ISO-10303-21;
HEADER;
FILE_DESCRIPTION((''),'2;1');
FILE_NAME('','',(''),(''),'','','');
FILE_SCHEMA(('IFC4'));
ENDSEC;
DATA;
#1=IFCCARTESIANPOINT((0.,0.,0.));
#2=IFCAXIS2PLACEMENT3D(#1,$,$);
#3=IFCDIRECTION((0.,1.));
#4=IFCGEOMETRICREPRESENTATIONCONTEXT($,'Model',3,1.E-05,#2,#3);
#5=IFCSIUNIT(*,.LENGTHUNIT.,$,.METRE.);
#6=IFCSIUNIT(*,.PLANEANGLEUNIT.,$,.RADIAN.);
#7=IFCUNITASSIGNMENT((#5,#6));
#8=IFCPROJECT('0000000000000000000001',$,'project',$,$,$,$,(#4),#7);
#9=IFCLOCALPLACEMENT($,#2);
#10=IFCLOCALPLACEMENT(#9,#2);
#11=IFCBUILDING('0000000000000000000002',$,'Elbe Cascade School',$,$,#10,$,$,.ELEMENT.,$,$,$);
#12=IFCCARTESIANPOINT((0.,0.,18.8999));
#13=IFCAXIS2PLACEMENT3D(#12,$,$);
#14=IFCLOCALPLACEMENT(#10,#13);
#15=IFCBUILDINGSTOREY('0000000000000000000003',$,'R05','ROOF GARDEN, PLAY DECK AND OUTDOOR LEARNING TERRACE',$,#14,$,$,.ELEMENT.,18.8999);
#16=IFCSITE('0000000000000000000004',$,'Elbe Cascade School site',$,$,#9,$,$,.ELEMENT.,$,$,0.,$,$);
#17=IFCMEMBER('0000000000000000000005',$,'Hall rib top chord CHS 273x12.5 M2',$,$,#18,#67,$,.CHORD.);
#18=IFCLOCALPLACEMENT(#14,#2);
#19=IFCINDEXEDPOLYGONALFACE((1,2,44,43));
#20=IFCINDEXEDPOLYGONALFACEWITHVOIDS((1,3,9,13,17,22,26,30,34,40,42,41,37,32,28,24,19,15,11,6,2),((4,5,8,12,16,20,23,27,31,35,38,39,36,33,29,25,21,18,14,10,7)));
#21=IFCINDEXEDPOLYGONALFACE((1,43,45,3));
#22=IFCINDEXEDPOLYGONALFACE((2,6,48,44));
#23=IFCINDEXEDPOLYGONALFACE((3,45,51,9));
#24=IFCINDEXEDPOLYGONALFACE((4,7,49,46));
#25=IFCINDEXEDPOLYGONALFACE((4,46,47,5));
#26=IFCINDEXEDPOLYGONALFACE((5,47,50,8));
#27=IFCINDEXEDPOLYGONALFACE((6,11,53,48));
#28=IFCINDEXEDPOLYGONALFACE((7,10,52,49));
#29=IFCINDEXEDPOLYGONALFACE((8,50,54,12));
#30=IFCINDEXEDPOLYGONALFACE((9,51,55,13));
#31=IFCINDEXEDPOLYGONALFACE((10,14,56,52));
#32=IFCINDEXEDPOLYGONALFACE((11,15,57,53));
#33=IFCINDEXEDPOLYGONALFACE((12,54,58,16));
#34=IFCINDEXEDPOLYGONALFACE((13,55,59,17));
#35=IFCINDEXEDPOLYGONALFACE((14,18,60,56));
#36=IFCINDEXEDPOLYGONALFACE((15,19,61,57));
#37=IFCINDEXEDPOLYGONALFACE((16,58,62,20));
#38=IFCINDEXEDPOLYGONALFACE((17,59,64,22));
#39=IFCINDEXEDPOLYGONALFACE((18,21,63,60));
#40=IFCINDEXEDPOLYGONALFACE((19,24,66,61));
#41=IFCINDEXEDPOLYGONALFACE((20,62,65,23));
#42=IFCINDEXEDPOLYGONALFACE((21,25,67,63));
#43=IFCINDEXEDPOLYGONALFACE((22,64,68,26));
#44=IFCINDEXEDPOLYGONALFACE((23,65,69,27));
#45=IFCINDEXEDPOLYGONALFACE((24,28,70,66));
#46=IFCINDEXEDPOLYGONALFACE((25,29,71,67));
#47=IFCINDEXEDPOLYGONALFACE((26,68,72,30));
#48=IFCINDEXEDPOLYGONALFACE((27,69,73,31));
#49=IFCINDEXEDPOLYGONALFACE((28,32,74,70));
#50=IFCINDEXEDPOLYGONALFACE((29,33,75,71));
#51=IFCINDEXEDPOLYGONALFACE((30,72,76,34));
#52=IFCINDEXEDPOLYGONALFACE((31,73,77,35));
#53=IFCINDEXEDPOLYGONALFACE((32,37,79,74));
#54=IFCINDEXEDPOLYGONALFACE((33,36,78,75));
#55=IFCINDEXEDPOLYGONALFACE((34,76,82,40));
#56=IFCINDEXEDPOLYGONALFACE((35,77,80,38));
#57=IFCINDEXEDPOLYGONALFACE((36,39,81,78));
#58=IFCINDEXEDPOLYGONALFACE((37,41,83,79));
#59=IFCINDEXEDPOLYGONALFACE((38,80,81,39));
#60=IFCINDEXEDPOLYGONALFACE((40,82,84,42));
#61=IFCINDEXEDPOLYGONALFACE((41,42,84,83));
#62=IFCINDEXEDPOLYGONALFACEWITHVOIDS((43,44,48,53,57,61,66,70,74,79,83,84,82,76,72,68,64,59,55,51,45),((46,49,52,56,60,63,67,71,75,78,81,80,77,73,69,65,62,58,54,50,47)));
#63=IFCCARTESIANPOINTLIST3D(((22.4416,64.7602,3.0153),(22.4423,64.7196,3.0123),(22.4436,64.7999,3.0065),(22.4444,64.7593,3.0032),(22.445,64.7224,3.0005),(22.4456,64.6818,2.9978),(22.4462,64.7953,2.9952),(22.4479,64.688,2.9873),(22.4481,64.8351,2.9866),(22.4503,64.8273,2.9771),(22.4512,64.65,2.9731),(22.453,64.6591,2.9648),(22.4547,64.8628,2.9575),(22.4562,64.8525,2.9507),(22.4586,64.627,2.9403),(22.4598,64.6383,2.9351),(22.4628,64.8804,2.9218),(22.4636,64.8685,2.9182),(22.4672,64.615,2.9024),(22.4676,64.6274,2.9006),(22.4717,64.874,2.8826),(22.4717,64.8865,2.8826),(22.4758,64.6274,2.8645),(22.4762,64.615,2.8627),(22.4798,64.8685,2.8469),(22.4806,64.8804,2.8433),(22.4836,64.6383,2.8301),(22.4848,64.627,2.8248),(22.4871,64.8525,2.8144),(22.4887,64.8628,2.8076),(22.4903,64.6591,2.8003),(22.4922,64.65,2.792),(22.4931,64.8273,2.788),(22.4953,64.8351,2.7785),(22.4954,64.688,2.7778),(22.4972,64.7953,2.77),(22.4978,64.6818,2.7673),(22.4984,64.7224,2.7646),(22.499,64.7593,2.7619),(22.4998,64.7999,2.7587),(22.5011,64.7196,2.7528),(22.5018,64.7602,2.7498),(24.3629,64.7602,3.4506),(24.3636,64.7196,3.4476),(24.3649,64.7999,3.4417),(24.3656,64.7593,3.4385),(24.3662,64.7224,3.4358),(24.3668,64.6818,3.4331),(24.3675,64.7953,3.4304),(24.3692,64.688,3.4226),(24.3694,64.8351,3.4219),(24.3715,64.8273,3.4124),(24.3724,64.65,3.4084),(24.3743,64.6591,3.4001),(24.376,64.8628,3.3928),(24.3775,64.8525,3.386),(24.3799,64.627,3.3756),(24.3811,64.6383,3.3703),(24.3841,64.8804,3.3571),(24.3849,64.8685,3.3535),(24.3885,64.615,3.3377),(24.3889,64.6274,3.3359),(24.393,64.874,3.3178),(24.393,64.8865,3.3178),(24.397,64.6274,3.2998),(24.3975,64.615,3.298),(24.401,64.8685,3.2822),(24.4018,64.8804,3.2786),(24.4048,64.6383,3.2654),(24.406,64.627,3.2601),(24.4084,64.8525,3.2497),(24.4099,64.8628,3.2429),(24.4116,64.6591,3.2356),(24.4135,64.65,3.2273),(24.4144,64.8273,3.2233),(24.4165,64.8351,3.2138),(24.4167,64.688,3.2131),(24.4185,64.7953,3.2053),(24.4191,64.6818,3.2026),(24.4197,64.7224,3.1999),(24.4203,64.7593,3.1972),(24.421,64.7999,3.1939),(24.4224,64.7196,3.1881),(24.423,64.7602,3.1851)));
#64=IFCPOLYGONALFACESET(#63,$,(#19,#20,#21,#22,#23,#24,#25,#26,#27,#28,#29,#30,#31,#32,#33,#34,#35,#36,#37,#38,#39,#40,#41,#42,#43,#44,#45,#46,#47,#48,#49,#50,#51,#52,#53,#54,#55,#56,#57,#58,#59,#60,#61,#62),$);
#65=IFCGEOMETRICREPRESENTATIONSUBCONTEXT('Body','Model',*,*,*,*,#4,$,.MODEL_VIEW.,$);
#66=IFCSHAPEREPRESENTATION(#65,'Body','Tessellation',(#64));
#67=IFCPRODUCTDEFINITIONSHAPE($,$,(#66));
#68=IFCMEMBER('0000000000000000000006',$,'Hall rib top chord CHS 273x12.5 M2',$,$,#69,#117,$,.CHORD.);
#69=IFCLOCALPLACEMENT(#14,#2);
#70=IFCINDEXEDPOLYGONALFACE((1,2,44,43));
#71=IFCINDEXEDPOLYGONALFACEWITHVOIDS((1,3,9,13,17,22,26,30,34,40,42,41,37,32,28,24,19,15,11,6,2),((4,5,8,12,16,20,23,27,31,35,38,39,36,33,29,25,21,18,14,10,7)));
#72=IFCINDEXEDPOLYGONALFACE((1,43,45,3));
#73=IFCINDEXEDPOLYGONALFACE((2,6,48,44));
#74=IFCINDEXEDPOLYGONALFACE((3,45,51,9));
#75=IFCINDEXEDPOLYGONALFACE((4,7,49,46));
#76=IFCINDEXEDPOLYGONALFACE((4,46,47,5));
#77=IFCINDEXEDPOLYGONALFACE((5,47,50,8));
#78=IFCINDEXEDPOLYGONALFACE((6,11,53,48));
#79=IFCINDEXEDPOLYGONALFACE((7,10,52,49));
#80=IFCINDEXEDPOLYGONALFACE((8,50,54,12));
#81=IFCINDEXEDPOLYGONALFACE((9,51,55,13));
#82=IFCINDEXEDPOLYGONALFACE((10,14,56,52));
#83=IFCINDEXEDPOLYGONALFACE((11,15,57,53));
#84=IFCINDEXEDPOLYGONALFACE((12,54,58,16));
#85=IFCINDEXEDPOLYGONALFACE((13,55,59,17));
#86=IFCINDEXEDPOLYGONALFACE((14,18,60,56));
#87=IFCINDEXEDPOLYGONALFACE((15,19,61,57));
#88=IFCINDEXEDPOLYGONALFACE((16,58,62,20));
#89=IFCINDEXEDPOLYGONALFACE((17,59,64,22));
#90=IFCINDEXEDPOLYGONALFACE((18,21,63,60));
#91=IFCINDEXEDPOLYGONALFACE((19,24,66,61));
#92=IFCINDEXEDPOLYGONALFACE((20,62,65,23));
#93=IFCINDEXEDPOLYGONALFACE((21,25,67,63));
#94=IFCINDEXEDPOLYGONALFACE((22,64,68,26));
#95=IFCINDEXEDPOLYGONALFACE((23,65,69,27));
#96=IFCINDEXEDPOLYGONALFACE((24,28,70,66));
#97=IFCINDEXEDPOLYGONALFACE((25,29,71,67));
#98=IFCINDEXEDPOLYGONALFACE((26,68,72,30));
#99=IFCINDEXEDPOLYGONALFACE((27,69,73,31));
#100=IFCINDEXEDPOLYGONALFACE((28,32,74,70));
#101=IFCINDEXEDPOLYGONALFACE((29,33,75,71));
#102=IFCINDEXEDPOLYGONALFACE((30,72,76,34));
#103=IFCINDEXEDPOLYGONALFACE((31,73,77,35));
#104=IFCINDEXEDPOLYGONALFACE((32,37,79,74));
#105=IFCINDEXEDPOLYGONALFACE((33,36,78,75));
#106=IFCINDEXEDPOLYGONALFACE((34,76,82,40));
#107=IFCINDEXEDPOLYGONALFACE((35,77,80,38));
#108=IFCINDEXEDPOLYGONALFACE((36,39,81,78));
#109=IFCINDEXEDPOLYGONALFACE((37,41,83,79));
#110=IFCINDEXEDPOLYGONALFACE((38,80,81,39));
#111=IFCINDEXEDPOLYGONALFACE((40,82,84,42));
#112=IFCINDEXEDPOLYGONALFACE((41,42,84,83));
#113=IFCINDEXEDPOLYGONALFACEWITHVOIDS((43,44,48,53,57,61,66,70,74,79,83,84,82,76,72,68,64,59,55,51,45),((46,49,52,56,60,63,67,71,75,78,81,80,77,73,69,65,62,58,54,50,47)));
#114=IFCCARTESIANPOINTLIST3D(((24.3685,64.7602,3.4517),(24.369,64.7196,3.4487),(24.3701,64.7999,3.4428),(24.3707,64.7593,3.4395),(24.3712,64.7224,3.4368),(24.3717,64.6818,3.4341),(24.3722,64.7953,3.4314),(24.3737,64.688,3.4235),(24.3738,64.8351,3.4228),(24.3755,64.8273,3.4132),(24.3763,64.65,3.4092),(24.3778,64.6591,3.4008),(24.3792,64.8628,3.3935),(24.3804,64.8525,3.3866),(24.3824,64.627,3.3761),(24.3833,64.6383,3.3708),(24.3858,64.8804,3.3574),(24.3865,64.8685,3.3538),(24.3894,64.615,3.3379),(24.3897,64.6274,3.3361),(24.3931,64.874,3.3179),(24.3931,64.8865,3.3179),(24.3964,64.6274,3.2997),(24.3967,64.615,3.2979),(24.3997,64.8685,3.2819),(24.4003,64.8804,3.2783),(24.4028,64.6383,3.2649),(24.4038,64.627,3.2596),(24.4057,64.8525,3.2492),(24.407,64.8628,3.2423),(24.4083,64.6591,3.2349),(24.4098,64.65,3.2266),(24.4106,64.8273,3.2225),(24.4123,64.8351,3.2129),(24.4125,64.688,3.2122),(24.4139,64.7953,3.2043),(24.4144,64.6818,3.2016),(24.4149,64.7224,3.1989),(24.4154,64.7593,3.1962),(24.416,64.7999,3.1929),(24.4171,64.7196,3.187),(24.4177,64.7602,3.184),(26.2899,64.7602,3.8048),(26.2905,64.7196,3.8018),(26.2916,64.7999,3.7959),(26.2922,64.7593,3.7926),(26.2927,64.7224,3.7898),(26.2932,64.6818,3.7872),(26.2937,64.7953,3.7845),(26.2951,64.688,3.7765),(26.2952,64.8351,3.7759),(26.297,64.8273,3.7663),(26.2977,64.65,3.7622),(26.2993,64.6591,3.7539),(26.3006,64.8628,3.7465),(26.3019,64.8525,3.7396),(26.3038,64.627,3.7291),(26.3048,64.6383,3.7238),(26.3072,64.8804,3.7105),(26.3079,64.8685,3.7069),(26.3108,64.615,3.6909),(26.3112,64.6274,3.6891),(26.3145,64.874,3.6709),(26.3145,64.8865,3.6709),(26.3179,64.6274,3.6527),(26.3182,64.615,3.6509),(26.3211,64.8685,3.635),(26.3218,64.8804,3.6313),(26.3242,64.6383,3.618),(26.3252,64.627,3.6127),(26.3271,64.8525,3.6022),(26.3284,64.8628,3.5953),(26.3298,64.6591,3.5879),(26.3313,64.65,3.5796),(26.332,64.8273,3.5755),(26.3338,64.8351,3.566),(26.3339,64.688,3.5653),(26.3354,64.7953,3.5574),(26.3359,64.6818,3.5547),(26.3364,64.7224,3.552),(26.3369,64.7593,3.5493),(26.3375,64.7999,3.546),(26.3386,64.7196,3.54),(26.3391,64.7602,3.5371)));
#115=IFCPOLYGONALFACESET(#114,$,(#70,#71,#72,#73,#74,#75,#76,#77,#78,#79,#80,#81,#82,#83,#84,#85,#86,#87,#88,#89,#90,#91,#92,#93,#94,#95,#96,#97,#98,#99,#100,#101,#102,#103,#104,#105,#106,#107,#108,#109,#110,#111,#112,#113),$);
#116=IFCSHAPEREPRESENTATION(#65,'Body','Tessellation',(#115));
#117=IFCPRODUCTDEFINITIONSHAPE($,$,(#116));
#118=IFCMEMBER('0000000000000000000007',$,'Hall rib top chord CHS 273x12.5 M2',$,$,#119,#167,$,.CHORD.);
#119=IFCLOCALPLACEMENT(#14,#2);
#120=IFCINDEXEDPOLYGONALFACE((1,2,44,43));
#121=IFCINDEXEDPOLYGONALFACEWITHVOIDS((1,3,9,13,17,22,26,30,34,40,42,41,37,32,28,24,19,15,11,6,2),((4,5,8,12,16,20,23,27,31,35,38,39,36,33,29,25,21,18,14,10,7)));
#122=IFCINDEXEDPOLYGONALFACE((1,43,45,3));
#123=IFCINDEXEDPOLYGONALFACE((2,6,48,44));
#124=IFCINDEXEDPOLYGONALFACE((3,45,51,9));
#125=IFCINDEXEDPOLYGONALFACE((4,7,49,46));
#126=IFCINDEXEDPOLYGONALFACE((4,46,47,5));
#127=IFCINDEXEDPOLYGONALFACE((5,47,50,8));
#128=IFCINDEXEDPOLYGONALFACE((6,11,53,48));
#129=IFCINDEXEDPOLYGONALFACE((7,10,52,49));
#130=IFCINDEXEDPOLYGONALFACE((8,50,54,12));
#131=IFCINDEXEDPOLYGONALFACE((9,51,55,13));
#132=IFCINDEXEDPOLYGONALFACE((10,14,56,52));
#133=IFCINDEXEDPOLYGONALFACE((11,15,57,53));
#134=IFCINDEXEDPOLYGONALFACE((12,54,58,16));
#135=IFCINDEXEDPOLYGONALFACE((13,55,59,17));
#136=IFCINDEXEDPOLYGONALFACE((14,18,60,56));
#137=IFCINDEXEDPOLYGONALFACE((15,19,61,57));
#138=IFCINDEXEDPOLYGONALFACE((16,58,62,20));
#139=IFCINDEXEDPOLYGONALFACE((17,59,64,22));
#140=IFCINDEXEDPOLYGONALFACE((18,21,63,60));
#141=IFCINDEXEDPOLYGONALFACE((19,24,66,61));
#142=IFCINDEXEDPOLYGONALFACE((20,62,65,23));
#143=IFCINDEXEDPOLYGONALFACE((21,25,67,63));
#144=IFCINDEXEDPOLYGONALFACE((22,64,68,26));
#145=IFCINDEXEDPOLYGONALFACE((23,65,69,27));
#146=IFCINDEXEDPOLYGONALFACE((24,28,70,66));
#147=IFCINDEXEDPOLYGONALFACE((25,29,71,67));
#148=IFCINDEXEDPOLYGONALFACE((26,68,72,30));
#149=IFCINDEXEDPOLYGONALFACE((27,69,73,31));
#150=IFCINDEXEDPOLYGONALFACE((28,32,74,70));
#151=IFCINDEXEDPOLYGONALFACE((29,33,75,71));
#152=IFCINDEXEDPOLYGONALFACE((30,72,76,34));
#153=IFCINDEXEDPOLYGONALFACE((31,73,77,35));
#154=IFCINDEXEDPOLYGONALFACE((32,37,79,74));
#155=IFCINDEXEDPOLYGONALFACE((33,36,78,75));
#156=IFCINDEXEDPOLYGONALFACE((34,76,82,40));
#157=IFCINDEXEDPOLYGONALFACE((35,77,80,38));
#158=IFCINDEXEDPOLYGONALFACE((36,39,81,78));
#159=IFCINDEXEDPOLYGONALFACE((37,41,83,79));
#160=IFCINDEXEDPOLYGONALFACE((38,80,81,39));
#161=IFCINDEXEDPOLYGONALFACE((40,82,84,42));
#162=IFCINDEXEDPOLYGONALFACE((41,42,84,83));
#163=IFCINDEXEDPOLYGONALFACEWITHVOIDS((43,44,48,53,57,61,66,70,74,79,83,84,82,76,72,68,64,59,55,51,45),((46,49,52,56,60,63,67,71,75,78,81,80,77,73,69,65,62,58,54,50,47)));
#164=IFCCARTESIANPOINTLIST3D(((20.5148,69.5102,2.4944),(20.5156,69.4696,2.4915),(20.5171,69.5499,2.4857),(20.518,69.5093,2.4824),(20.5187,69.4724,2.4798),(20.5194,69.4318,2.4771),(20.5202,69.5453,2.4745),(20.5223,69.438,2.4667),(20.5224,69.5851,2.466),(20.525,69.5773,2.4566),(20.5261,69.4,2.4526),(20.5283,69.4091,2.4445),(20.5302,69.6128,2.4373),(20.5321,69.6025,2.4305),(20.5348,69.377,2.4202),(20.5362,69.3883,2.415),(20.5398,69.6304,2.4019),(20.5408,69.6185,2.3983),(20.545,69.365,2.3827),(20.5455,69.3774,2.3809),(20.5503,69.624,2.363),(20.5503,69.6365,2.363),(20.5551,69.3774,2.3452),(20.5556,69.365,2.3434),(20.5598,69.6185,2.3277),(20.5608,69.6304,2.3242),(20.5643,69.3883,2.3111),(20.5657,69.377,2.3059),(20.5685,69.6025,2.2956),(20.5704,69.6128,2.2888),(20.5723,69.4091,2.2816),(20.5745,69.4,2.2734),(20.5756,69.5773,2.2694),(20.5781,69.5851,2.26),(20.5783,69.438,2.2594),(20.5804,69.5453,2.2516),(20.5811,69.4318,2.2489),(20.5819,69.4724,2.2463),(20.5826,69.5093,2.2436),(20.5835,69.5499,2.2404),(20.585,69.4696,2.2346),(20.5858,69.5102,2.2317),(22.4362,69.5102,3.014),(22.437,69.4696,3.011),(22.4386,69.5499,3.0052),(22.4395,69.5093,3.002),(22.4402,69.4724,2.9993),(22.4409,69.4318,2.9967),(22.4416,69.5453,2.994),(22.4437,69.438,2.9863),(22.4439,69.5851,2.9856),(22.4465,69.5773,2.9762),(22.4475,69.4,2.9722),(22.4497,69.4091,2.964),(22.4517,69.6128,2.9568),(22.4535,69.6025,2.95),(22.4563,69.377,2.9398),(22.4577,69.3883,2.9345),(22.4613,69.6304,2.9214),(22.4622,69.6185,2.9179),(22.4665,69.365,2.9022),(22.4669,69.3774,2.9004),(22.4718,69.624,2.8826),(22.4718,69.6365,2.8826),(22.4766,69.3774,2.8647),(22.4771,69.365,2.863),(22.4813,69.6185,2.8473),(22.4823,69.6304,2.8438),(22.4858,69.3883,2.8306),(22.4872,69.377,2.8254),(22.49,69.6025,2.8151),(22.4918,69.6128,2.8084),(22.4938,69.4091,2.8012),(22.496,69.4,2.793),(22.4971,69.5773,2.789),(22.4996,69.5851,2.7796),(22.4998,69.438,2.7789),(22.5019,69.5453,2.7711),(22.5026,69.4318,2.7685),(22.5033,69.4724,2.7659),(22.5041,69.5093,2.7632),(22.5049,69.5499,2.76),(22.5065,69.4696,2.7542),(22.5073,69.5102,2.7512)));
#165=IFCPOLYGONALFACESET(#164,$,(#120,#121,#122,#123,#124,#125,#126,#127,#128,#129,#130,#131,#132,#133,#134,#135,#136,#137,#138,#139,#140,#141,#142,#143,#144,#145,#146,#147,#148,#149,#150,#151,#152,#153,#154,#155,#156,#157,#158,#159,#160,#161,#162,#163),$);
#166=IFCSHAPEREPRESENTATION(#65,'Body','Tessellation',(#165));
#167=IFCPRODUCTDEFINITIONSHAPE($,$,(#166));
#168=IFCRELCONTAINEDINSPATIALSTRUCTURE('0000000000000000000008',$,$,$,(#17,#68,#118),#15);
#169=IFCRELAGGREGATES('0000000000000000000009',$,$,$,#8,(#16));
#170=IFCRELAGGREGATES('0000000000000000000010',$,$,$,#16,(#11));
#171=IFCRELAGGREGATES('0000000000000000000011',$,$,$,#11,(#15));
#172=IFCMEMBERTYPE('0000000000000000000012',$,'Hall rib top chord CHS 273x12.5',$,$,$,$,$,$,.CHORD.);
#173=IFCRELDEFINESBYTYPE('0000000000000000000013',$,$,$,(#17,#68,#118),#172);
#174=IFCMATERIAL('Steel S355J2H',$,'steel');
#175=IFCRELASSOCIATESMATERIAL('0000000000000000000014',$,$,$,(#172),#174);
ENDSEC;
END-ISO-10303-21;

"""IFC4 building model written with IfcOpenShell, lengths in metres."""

from ifc_helpers import new_model, si_unit, direction, frame, origin, origin_2d, place, context, subcontext, project, spatial, hollow_circle, extrude, material, material_profile, profile_set, type_object, element, save


model = new_model("IFC4")

# Units and contexts
model_context = context("Model", 3, precision=1e-05, world=origin(), true_north=direction((0.0, 1.0)))
body_context = subcontext(model_context, "Body", "Model", "MODEL_VIEW")
ifc_project = project(units=[si_unit("LENGTHUNIT", "METRE"), si_unit("PLANEANGLEUNIT", "RADIAN")], contexts=[model_context])

# Site, building, storey
site_placement = place(None, origin())
site = spatial("IfcSite", under=ifc_project, at=site_placement, Name="Elbe Cascade School site", CompositionType="ELEMENT", RefElevation=0.0)
building_placement = place(site_placement, origin())
building = spatial("IfcBuilding", under=site, at=building_placement, Name="Elbe Cascade School", CompositionType="ELEMENT")
storey_placement = place(building_placement, frame((0.0, 0.0, 18.8999)))
storey = spatial("IfcBuildingStorey", under=building, at=storey_placement, Name="R05", Description="ROOF GARDEN, PLAY DECK AND OUTDOOR LEARNING TERRACE", CompositionType="ELEMENT", Elevation=18.8999)

# Members
ifc_material_1 = material(Name="Steel S355J2H", Category="steel")
ifc_material_profile_1 = material_profile(ifc_material_1, hollow_circle(Radius=0.1365, WallThickness=0.0125, at=origin_2d()), Name="CHS 273x12.5")
ifc_profile_set_1 = profile_set([ifc_material_profile_1], Name="Steel S355J2H")
member_type_1 = type_object("IfcMemberType", Name="Hall rib top chord CHS 273x12.5", PredefinedType="CHORD", material=ifc_profile_set_1)
member_1_placement = place(storey_placement, frame((22.4717, 64.75, 2.8826), z_axis=(0.975284, 0.0, 0.220957), x_axis=(0.0, 1.0, 0.0)))
element("IfcMember", 1, at=member_1_placement, inside=storey, type_object=member_type_1, Name="Hall rib top chord CHS 273x12.5 M2", PredefinedType="CHORD", context=body_context, shape_type="SweptSolid", body=[
    extrude(hollow_circle(Radius=0.1365, WallThickness=0.0125, at=origin_2d()), origin(), (0.0, 0.0, 1.0), 1.97),
])
member_2_placement = place(storey_placement, frame((24.3931, 64.75, 3.3179), z_axis=(0.983536, 0.0, 0.180711), x_axis=(0.0, 1.0, 0.0)))
element("IfcMember", 2, at=member_2_placement, inside=storey, type_object=member_type_1, Name="Hall rib top chord CHS 273x12.5 M2", PredefinedType="CHORD", context=body_context, shape_type="SweptSolid", body=[
    extrude(hollow_circle(Radius=0.1365, WallThickness=0.0125, at=origin_2d()), origin(), (0.0, 0.0, 1.0), 1.9536),
])
member_3_placement = place(storey_placement, frame((20.5503, 69.5, 2.363), z_axis=(0.965333, 0.0, 0.26102), x_axis=(0.0, 1.0, 0.0)))
element("IfcMember", 3, at=member_3_placement, inside=storey, type_object=member_type_1, Name="Hall rib top chord CHS 273x12.5 M2", PredefinedType="CHORD", context=body_context, shape_type="SweptSolid", body=[
    extrude(hollow_circle(Radius=0.1365, WallThickness=0.0125, at=origin_2d()), origin(), (0.0, 0.0, 1.0), 1.9905),
])

save(model, "model.ifc")
